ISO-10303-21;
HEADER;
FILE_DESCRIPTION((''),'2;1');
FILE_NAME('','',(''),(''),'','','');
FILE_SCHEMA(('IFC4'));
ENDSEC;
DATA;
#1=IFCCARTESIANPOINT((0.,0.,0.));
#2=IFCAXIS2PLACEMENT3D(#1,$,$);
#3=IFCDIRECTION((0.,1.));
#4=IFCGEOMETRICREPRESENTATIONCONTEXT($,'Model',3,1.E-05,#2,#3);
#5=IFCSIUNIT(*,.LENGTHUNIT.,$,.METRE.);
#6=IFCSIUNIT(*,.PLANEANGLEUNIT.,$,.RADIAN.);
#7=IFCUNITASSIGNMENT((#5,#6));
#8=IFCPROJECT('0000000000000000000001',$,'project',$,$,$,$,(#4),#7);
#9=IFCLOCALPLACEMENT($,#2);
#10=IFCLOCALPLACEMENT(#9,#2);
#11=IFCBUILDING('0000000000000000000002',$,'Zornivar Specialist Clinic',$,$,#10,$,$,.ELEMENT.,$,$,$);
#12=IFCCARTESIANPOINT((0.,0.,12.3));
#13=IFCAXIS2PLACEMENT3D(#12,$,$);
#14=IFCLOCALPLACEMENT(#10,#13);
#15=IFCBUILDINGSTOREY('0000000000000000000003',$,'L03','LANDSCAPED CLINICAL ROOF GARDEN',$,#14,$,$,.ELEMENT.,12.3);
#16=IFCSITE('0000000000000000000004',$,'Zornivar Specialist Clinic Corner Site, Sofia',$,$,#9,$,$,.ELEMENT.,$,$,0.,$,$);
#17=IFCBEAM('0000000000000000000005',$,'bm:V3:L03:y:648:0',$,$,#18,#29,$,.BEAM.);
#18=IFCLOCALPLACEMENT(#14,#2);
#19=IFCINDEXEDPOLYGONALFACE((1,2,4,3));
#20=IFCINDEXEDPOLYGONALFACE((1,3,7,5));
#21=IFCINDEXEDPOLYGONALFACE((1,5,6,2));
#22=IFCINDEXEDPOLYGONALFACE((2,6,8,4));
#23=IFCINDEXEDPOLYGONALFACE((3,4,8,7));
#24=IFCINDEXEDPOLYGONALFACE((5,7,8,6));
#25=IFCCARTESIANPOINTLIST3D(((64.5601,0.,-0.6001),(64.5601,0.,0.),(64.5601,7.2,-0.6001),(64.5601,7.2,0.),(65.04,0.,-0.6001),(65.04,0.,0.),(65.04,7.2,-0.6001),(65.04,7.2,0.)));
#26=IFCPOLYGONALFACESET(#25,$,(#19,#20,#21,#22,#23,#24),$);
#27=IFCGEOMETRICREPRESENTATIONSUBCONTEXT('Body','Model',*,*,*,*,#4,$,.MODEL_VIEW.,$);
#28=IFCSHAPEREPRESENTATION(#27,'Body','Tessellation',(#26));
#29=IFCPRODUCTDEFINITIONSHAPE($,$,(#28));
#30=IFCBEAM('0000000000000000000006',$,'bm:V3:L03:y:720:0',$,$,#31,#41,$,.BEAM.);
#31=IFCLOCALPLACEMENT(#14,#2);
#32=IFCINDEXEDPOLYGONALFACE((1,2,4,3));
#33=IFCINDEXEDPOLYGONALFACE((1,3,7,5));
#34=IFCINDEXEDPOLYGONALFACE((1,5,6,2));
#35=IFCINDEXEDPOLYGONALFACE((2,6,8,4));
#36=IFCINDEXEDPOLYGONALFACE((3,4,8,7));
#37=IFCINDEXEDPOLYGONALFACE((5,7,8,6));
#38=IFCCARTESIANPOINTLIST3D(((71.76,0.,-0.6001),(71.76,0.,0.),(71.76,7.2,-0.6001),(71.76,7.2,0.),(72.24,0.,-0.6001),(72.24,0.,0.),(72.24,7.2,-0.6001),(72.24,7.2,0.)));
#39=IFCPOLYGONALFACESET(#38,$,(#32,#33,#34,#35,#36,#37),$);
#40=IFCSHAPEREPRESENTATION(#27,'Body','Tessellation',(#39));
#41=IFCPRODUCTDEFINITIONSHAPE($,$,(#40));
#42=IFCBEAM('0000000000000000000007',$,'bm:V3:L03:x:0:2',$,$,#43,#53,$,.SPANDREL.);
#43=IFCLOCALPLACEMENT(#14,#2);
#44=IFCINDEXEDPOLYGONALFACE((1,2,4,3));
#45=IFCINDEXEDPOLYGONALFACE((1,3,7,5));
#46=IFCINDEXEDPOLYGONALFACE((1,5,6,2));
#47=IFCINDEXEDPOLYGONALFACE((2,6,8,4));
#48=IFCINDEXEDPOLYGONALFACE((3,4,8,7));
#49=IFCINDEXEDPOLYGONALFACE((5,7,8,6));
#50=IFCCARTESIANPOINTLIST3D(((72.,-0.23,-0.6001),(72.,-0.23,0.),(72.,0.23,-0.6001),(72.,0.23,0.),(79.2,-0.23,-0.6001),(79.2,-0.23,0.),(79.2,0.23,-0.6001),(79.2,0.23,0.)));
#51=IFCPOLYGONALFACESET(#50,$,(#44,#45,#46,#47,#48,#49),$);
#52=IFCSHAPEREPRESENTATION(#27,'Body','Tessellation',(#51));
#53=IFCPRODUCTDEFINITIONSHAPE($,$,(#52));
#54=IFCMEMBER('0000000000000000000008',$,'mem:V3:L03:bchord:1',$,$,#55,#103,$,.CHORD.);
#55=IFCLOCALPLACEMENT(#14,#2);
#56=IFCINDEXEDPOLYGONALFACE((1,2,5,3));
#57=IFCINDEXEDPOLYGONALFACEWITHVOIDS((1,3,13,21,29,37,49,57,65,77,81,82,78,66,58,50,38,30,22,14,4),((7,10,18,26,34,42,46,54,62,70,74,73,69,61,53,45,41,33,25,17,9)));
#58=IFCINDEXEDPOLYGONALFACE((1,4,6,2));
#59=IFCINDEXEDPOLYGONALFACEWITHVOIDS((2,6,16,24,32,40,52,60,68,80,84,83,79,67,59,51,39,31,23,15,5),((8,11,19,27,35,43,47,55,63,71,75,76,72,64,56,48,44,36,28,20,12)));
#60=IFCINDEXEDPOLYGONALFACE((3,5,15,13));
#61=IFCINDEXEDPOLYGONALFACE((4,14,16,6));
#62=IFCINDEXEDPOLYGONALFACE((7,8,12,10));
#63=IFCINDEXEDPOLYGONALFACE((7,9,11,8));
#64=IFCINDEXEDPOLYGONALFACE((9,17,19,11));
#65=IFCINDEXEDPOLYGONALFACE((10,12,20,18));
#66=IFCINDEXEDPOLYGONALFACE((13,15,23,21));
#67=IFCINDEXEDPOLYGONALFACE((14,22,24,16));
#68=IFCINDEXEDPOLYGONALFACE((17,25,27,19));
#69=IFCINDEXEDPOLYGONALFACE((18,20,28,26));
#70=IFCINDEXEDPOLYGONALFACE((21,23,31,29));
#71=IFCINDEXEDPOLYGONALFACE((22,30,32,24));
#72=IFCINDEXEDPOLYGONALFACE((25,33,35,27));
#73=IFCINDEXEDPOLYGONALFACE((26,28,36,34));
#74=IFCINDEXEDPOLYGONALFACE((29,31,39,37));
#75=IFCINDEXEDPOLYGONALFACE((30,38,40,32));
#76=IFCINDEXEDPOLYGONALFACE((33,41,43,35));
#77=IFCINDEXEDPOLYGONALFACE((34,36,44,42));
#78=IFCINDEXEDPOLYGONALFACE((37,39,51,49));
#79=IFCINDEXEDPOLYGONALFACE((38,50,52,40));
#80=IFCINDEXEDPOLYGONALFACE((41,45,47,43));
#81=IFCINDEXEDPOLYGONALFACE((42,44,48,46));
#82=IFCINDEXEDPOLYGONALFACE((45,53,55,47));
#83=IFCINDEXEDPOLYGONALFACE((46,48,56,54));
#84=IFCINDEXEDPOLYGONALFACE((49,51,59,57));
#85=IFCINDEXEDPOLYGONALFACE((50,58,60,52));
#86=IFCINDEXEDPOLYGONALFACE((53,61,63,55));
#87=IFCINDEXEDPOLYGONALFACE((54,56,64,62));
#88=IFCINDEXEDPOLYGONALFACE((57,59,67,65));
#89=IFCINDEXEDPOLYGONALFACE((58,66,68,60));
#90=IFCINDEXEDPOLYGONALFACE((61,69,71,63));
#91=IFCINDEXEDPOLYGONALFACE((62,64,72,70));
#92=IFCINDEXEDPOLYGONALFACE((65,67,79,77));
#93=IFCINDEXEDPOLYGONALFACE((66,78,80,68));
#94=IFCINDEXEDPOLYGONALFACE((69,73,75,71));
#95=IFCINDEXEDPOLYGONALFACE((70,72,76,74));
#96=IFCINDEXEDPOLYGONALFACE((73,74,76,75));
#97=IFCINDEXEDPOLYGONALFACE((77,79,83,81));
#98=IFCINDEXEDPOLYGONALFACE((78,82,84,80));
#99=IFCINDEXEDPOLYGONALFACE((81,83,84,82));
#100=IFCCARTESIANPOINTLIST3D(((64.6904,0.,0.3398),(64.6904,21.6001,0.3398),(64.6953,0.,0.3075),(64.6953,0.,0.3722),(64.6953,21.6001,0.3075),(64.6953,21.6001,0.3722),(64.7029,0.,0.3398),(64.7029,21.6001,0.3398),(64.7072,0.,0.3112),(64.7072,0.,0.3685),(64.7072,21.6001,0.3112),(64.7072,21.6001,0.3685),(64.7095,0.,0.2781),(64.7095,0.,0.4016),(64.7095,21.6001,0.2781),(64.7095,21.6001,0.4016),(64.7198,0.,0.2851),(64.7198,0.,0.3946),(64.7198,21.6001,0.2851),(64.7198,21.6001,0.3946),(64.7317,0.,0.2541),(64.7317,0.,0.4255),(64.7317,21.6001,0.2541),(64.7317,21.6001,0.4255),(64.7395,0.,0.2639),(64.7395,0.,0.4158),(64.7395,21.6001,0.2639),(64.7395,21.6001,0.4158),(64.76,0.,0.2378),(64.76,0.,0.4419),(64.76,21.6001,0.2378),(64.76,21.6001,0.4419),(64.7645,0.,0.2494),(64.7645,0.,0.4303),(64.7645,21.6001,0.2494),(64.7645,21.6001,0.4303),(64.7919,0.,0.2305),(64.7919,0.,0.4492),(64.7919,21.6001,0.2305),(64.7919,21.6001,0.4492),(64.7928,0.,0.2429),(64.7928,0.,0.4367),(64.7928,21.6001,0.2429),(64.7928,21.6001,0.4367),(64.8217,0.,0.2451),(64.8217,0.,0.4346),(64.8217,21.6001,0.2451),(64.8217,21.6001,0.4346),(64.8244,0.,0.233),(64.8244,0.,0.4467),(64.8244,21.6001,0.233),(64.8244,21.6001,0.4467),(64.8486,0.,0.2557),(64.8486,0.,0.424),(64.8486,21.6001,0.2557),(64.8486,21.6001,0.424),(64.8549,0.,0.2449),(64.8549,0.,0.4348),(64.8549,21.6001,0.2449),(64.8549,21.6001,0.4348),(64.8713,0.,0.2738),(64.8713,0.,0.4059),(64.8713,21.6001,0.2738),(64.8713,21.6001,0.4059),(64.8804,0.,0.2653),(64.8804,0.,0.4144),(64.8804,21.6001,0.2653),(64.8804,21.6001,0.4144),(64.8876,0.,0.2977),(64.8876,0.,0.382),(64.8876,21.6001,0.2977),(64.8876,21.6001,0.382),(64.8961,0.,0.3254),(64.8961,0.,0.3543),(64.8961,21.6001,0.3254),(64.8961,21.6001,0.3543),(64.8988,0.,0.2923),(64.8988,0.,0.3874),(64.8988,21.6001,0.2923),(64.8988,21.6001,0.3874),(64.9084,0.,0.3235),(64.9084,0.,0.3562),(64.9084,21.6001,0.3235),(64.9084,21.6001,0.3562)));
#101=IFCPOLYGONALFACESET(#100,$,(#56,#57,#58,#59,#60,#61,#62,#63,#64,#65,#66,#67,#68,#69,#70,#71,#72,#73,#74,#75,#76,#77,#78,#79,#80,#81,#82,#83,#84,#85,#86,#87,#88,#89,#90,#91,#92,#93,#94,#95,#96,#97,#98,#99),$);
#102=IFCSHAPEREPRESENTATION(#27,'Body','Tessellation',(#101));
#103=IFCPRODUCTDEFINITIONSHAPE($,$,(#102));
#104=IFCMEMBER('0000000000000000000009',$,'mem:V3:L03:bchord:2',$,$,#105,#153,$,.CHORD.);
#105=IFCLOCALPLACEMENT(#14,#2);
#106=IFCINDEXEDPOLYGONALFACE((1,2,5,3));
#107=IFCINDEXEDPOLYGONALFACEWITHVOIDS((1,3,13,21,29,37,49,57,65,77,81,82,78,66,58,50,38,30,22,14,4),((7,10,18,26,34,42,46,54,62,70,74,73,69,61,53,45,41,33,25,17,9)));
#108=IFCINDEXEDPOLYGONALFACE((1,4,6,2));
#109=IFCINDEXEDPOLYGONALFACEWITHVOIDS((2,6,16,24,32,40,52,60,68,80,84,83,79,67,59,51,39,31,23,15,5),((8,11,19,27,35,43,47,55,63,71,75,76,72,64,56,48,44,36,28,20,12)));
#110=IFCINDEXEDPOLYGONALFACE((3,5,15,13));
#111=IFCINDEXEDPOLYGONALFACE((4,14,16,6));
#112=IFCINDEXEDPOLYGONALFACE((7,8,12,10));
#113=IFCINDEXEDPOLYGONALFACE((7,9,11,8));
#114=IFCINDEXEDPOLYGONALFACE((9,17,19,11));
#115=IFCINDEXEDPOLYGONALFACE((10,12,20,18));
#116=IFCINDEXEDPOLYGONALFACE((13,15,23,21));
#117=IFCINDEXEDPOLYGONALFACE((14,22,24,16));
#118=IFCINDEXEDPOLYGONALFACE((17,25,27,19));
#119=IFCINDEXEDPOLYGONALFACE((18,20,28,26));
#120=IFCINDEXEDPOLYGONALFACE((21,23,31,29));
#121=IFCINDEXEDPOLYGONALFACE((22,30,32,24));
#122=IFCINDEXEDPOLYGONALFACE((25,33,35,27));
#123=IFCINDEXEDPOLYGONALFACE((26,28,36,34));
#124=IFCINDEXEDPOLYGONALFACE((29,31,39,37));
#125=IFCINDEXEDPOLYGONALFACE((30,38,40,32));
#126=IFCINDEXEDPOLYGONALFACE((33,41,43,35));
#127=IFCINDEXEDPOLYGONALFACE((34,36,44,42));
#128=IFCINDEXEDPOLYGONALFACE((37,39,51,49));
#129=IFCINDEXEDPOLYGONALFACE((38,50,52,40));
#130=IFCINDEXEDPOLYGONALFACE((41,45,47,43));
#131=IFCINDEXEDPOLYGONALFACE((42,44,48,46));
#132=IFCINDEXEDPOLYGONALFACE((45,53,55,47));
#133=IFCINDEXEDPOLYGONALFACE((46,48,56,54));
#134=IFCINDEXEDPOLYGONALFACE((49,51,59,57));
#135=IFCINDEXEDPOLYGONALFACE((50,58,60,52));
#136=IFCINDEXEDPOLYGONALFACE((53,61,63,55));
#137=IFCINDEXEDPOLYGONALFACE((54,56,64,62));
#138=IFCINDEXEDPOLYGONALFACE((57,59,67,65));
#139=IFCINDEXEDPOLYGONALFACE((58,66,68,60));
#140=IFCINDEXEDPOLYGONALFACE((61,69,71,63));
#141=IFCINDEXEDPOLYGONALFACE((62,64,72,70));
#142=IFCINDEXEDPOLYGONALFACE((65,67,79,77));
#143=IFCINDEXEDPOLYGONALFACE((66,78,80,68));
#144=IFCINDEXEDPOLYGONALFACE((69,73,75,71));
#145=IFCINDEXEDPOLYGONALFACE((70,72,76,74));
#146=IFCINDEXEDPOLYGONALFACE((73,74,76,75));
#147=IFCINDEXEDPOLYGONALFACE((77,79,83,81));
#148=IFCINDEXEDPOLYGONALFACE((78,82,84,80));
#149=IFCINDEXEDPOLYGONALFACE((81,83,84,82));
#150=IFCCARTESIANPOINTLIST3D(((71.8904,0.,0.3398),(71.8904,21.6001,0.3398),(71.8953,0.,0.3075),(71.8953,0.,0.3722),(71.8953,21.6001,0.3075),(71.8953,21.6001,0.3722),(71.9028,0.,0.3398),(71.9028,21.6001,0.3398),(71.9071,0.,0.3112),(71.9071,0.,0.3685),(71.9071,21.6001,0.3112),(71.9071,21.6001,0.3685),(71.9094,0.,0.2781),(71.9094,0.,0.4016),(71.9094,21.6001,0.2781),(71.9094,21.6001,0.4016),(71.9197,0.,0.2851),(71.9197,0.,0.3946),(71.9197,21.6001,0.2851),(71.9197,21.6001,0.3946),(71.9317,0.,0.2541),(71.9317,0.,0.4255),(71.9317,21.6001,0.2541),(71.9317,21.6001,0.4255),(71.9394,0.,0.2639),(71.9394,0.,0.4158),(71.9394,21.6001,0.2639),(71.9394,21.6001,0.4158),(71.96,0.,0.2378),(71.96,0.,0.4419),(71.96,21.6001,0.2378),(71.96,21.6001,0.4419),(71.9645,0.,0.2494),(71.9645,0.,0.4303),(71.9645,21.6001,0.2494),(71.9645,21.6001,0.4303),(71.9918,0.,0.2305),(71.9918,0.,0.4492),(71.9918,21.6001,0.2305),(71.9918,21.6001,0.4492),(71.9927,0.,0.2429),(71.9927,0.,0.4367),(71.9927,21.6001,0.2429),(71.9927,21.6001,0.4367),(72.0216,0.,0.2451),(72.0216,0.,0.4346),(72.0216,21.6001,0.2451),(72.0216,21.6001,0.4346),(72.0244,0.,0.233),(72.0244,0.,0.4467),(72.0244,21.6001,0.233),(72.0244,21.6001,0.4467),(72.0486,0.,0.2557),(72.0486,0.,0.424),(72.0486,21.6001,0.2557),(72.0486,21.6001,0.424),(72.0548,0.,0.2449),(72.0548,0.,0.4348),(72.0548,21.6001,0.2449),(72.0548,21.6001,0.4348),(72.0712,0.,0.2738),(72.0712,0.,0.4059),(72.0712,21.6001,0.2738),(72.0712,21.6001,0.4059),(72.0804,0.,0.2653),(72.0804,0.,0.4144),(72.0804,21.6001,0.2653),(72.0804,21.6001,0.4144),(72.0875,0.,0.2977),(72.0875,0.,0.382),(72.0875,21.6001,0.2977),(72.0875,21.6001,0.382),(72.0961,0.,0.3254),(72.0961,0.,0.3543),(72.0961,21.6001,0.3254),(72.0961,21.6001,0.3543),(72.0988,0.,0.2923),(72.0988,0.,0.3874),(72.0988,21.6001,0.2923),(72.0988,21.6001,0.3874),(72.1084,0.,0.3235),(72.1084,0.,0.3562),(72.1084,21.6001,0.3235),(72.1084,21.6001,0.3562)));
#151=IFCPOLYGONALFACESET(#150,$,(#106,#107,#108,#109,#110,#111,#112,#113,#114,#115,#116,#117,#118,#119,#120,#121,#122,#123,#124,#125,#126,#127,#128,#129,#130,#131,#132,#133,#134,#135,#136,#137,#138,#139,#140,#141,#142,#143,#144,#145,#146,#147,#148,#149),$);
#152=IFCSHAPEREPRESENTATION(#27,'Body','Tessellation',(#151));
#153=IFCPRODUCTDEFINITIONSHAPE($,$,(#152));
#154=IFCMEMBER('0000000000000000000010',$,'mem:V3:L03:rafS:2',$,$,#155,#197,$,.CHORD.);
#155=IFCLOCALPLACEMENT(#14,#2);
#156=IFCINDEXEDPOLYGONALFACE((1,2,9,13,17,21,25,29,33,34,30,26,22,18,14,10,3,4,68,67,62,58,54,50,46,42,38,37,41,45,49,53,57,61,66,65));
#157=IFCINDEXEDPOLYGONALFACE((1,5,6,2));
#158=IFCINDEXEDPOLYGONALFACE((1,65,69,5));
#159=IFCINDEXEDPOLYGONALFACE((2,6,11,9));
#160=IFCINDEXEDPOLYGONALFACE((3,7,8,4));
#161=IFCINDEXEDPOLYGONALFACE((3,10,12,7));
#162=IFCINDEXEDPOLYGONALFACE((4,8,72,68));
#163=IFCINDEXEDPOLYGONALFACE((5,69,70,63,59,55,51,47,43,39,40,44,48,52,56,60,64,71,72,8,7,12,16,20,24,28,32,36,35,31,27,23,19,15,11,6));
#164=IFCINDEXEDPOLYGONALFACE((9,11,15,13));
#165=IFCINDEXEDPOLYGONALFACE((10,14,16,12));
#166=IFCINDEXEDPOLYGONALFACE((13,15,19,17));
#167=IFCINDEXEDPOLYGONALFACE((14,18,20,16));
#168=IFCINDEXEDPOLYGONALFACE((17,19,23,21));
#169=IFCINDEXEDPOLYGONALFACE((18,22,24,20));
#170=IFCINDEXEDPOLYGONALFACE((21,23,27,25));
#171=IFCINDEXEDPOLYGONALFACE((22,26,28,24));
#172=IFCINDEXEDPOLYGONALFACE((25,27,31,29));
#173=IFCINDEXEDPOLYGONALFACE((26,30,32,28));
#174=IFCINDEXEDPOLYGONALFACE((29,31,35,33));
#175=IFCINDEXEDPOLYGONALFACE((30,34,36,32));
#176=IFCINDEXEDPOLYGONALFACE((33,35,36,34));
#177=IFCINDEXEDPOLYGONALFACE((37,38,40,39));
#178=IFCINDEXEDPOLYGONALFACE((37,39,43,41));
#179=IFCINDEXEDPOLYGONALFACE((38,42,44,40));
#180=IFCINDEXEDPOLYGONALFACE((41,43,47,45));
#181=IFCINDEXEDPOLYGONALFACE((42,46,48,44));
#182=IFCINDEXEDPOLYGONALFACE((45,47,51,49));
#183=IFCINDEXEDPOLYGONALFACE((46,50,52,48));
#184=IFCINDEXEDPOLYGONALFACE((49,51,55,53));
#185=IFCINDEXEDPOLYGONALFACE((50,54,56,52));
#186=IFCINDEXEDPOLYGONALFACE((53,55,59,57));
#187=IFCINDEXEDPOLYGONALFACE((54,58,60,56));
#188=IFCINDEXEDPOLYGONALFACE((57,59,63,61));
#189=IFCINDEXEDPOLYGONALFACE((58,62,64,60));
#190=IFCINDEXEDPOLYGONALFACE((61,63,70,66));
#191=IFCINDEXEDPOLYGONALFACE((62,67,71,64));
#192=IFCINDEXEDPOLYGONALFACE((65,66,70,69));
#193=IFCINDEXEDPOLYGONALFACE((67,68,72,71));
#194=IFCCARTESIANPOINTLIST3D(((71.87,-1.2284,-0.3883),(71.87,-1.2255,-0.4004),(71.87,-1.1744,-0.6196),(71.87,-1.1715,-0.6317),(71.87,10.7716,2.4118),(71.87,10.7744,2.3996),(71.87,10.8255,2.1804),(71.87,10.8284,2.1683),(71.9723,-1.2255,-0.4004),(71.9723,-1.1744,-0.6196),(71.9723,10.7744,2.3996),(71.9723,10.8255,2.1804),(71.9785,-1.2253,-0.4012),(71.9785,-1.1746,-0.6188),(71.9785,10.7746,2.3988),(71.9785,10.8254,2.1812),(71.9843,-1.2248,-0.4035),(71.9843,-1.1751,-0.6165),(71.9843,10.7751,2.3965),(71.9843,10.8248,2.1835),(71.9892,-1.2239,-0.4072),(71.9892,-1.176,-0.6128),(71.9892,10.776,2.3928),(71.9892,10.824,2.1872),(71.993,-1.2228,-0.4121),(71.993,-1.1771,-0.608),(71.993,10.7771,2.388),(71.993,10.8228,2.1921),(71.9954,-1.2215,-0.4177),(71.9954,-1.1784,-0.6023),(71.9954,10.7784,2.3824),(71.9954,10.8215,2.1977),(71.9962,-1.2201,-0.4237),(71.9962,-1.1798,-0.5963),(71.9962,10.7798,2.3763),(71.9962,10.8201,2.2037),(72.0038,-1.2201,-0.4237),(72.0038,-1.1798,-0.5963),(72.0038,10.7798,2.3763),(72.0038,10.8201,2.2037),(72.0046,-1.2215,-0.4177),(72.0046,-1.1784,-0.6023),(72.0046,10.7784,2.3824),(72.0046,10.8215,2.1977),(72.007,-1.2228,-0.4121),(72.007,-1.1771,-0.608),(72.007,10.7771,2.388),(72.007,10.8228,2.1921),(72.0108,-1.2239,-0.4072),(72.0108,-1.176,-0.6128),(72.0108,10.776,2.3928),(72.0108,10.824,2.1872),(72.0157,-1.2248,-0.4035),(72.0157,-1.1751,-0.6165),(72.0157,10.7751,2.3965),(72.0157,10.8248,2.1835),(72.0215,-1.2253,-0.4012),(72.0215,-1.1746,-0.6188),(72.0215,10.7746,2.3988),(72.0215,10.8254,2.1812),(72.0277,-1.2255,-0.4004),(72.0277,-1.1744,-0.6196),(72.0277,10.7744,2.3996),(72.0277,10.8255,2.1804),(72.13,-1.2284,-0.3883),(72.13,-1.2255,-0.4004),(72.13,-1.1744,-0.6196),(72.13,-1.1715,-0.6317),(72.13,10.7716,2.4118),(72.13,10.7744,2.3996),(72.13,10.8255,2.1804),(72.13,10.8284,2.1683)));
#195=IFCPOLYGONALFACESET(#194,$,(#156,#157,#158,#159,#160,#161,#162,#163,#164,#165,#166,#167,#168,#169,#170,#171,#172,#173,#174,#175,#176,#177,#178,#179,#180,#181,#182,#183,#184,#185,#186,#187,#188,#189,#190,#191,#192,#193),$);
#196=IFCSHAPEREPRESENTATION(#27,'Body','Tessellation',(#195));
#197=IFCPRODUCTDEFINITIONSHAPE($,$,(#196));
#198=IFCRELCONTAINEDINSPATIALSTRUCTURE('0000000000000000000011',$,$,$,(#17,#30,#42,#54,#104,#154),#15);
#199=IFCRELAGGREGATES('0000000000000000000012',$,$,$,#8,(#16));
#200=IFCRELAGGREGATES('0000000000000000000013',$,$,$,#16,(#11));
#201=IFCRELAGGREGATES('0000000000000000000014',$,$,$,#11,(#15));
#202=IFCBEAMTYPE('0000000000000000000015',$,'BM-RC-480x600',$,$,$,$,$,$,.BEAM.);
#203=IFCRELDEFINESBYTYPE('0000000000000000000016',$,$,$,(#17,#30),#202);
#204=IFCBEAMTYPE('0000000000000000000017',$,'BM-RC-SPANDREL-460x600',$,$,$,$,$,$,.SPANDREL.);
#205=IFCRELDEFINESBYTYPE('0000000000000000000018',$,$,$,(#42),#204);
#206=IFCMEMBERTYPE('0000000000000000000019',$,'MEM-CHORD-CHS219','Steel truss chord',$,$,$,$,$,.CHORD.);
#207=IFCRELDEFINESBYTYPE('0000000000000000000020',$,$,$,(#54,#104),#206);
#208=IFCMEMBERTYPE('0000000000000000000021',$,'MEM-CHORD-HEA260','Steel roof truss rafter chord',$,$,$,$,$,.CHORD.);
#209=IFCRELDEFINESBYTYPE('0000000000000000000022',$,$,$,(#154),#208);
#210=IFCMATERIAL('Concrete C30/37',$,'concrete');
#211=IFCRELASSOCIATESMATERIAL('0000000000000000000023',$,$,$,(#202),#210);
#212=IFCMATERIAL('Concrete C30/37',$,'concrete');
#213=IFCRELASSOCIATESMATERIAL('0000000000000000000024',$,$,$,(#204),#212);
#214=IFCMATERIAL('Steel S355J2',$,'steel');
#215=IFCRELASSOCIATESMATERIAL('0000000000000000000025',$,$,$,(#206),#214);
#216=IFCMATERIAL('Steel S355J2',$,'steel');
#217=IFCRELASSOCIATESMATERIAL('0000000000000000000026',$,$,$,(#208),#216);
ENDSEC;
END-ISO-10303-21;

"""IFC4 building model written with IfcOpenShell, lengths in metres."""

from ifc_helpers import new_model, si_unit, direction, frame, origin, origin_2d, place, context, subcontext, project, spatial, rectangle, hollow_circle, i_section, extrude, material, material_profile, profile_set, type_object, element, save


model = new_model("IFC4")

# Units and contexts
model_context = context("Model", 3, precision=1e-05, world=origin(), true_north=direction((0.0, 1.0)))
body_context = subcontext(model_context, "Body", "Model", "MODEL_VIEW")
ifc_project = project(units=[si_unit("LENGTHUNIT", "METRE"), si_unit("PLANEANGLEUNIT", "RADIAN")], contexts=[model_context])

# Site, building, storey
site_placement = place(None, origin())
site = spatial("IfcSite", under=ifc_project, at=site_placement, Name="Zornivar Specialist Clinic Corner Site, Sofia", CompositionType="ELEMENT", RefElevation=0.0)
building_placement = place(site_placement, origin())
building = spatial("IfcBuilding", under=site, at=building_placement, Name="Zornivar Specialist Clinic", CompositionType="ELEMENT")
storey_placement = place(building_placement, frame((0.0, 0.0, 12.3)))
storey = spatial("IfcBuildingStorey", under=building, at=storey_placement, Name="L03", Description="LANDSCAPED CLINICAL ROOF GARDEN", CompositionType="ELEMENT", Elevation=12.3)

# Beams
ifc_material_1 = material(Name="Concrete C30/37", Category="concrete")
ifc_material_profile_1 = material_profile(ifc_material_1, rectangle(XDim=0.48, YDim=0.6001, at=origin_2d()), Name="RC 480x600")
ifc_profile_set_1 = profile_set([ifc_material_profile_1], Name="Concrete C30/37")
beam_type_1 = type_object("IfcBeamType", Name="BM-RC-480x600", PredefinedType="BEAM", material=ifc_profile_set_1)
for number, where, z_axis, x_axis, name in (
    (1, (64.8, 0.0, -0.3), (0.0, 1.0, 0.0), (-1.0, 0.0, 0.0), "bm:V3:L03:y:648:0"),
    (2, (72.0, 0.0, -0.3), (0.0, 1.0, 0.0), (-1.0, 0.0, 0.0), "bm:V3:L03:y:720:0"),
):
    element("IfcBeam", number, at=place(storey_placement, frame(where, z_axis=z_axis, x_axis=x_axis)), inside=storey, type_object=beam_type_1, Name=name, PredefinedType="BEAM", context=body_context, shape_type="SweptSolid", body=[
        extrude(rectangle(XDim=0.48, YDim=0.6001, at=origin_2d()), origin(), (0.0, 0.0, 1.0), 7.2),
    ])
ifc_material_2 = material(Name="Concrete C30/37", Category="concrete")
ifc_material_profile_2 = material_profile(ifc_material_2, rectangle(XDim=0.46, YDim=0.6001, at=origin_2d()), Name="RC 460x600")
ifc_profile_set_2 = profile_set([ifc_material_profile_2], Name="Concrete C30/37")
beam_type_2 = type_object("IfcBeamType", Name="BM-RC-SPANDREL-460x600", PredefinedType="SPANDREL", material=ifc_profile_set_2)
beam_placement = place(storey_placement, frame((72.0, 0.0, -0.3), z_axis=(1.0, 0.0, 0.0), x_axis=(0.0, 1.0, 0.0)))
element("IfcBeam", 3, at=beam_placement, inside=storey, type_object=beam_type_2, Name="bm:V3:L03:x:0:2", PredefinedType="SPANDREL", context=body_context, shape_type="SweptSolid", body=[
    extrude(rectangle(XDim=0.46, YDim=0.6001, at=origin_2d()), origin(), (0.0, 0.0, 1.0), 7.2),
])

# Members
ifc_material_3 = material(Name="Steel S355J2", Category="steel")
ifc_material_profile_3 = material_profile(ifc_material_3, hollow_circle(Radius=0.1096, WallThickness=0.0125, at=origin_2d()), Name="CHS 219.1x12.5")
ifc_profile_set_3 = profile_set([ifc_material_profile_3], Name="Steel S355J2")
member_type_1 = type_object("IfcMemberType", Name="MEM-CHORD-CHS219", Description="Steel truss chord", PredefinedType="CHORD", material=ifc_profile_set_3)
for number, where, z_axis, x_axis, name in (
    (4, (64.8, 0.0, 0.3398), (0.0, 1.0, 0.0), (-1.0, 0.0, 0.0), "mem:V3:L03:bchord:1"),
    (5, (72.0, 0.0, 0.3398), (0.0, 1.0, 0.0), (-1.0, 0.0, 0.0), "mem:V3:L03:bchord:2"),
):
    element("IfcMember", number, at=place(storey_placement, frame(where, z_axis=z_axis, x_axis=x_axis)), inside=storey, type_object=member_type_1, Name=name, PredefinedType="CHORD", context=body_context, shape_type="SweptSolid", body=[
        extrude(hollow_circle(Radius=0.1096, WallThickness=0.0125, at=origin_2d()), origin(), (0.0, 0.0, 1.0), 21.6001),
    ])
ifc_material_4 = material(Name="Steel S355J2", Category="steel")
ifc_material_profile_4 = material_profile(ifc_material_4, i_section(OverallWidth=0.26, OverallDepth=0.25, WebThickness=0.0076, FlangeThickness=0.0125, FilletRadius=0.0239, at=origin_2d()), Name="HEA 260")
ifc_profile_set_4 = profile_set([ifc_material_profile_4], Name="Steel S355J2")
member_type_2 = type_object("IfcMemberType", Name="MEM-CHORD-HEA260", Description="Steel roof truss rafter chord", PredefinedType="CHORD", material=ifc_profile_set_4)
member_1_placement = place(storey_placement, frame((72.0, -1.2, -0.51), z_axis=(0.0, 0.97384, 0.227233), x_axis=(-1.0, 0.0, 0.0)))
element("IfcMember", 6, at=member_1_placement, inside=storey, type_object=member_type_2, Name="mem:V3:L03:rafS:2", PredefinedType="CHORD", context=body_context, shape_type="SweptSolid", body=[
    extrude(i_section(OverallWidth=0.26, OverallDepth=0.25, WebThickness=0.0076, FlangeThickness=0.0125, FilletRadius=0.0239, at=origin_2d()), origin(), (0.0, 0.0, 1.0), 12.3223),
])

save(model, "model.ifc")
